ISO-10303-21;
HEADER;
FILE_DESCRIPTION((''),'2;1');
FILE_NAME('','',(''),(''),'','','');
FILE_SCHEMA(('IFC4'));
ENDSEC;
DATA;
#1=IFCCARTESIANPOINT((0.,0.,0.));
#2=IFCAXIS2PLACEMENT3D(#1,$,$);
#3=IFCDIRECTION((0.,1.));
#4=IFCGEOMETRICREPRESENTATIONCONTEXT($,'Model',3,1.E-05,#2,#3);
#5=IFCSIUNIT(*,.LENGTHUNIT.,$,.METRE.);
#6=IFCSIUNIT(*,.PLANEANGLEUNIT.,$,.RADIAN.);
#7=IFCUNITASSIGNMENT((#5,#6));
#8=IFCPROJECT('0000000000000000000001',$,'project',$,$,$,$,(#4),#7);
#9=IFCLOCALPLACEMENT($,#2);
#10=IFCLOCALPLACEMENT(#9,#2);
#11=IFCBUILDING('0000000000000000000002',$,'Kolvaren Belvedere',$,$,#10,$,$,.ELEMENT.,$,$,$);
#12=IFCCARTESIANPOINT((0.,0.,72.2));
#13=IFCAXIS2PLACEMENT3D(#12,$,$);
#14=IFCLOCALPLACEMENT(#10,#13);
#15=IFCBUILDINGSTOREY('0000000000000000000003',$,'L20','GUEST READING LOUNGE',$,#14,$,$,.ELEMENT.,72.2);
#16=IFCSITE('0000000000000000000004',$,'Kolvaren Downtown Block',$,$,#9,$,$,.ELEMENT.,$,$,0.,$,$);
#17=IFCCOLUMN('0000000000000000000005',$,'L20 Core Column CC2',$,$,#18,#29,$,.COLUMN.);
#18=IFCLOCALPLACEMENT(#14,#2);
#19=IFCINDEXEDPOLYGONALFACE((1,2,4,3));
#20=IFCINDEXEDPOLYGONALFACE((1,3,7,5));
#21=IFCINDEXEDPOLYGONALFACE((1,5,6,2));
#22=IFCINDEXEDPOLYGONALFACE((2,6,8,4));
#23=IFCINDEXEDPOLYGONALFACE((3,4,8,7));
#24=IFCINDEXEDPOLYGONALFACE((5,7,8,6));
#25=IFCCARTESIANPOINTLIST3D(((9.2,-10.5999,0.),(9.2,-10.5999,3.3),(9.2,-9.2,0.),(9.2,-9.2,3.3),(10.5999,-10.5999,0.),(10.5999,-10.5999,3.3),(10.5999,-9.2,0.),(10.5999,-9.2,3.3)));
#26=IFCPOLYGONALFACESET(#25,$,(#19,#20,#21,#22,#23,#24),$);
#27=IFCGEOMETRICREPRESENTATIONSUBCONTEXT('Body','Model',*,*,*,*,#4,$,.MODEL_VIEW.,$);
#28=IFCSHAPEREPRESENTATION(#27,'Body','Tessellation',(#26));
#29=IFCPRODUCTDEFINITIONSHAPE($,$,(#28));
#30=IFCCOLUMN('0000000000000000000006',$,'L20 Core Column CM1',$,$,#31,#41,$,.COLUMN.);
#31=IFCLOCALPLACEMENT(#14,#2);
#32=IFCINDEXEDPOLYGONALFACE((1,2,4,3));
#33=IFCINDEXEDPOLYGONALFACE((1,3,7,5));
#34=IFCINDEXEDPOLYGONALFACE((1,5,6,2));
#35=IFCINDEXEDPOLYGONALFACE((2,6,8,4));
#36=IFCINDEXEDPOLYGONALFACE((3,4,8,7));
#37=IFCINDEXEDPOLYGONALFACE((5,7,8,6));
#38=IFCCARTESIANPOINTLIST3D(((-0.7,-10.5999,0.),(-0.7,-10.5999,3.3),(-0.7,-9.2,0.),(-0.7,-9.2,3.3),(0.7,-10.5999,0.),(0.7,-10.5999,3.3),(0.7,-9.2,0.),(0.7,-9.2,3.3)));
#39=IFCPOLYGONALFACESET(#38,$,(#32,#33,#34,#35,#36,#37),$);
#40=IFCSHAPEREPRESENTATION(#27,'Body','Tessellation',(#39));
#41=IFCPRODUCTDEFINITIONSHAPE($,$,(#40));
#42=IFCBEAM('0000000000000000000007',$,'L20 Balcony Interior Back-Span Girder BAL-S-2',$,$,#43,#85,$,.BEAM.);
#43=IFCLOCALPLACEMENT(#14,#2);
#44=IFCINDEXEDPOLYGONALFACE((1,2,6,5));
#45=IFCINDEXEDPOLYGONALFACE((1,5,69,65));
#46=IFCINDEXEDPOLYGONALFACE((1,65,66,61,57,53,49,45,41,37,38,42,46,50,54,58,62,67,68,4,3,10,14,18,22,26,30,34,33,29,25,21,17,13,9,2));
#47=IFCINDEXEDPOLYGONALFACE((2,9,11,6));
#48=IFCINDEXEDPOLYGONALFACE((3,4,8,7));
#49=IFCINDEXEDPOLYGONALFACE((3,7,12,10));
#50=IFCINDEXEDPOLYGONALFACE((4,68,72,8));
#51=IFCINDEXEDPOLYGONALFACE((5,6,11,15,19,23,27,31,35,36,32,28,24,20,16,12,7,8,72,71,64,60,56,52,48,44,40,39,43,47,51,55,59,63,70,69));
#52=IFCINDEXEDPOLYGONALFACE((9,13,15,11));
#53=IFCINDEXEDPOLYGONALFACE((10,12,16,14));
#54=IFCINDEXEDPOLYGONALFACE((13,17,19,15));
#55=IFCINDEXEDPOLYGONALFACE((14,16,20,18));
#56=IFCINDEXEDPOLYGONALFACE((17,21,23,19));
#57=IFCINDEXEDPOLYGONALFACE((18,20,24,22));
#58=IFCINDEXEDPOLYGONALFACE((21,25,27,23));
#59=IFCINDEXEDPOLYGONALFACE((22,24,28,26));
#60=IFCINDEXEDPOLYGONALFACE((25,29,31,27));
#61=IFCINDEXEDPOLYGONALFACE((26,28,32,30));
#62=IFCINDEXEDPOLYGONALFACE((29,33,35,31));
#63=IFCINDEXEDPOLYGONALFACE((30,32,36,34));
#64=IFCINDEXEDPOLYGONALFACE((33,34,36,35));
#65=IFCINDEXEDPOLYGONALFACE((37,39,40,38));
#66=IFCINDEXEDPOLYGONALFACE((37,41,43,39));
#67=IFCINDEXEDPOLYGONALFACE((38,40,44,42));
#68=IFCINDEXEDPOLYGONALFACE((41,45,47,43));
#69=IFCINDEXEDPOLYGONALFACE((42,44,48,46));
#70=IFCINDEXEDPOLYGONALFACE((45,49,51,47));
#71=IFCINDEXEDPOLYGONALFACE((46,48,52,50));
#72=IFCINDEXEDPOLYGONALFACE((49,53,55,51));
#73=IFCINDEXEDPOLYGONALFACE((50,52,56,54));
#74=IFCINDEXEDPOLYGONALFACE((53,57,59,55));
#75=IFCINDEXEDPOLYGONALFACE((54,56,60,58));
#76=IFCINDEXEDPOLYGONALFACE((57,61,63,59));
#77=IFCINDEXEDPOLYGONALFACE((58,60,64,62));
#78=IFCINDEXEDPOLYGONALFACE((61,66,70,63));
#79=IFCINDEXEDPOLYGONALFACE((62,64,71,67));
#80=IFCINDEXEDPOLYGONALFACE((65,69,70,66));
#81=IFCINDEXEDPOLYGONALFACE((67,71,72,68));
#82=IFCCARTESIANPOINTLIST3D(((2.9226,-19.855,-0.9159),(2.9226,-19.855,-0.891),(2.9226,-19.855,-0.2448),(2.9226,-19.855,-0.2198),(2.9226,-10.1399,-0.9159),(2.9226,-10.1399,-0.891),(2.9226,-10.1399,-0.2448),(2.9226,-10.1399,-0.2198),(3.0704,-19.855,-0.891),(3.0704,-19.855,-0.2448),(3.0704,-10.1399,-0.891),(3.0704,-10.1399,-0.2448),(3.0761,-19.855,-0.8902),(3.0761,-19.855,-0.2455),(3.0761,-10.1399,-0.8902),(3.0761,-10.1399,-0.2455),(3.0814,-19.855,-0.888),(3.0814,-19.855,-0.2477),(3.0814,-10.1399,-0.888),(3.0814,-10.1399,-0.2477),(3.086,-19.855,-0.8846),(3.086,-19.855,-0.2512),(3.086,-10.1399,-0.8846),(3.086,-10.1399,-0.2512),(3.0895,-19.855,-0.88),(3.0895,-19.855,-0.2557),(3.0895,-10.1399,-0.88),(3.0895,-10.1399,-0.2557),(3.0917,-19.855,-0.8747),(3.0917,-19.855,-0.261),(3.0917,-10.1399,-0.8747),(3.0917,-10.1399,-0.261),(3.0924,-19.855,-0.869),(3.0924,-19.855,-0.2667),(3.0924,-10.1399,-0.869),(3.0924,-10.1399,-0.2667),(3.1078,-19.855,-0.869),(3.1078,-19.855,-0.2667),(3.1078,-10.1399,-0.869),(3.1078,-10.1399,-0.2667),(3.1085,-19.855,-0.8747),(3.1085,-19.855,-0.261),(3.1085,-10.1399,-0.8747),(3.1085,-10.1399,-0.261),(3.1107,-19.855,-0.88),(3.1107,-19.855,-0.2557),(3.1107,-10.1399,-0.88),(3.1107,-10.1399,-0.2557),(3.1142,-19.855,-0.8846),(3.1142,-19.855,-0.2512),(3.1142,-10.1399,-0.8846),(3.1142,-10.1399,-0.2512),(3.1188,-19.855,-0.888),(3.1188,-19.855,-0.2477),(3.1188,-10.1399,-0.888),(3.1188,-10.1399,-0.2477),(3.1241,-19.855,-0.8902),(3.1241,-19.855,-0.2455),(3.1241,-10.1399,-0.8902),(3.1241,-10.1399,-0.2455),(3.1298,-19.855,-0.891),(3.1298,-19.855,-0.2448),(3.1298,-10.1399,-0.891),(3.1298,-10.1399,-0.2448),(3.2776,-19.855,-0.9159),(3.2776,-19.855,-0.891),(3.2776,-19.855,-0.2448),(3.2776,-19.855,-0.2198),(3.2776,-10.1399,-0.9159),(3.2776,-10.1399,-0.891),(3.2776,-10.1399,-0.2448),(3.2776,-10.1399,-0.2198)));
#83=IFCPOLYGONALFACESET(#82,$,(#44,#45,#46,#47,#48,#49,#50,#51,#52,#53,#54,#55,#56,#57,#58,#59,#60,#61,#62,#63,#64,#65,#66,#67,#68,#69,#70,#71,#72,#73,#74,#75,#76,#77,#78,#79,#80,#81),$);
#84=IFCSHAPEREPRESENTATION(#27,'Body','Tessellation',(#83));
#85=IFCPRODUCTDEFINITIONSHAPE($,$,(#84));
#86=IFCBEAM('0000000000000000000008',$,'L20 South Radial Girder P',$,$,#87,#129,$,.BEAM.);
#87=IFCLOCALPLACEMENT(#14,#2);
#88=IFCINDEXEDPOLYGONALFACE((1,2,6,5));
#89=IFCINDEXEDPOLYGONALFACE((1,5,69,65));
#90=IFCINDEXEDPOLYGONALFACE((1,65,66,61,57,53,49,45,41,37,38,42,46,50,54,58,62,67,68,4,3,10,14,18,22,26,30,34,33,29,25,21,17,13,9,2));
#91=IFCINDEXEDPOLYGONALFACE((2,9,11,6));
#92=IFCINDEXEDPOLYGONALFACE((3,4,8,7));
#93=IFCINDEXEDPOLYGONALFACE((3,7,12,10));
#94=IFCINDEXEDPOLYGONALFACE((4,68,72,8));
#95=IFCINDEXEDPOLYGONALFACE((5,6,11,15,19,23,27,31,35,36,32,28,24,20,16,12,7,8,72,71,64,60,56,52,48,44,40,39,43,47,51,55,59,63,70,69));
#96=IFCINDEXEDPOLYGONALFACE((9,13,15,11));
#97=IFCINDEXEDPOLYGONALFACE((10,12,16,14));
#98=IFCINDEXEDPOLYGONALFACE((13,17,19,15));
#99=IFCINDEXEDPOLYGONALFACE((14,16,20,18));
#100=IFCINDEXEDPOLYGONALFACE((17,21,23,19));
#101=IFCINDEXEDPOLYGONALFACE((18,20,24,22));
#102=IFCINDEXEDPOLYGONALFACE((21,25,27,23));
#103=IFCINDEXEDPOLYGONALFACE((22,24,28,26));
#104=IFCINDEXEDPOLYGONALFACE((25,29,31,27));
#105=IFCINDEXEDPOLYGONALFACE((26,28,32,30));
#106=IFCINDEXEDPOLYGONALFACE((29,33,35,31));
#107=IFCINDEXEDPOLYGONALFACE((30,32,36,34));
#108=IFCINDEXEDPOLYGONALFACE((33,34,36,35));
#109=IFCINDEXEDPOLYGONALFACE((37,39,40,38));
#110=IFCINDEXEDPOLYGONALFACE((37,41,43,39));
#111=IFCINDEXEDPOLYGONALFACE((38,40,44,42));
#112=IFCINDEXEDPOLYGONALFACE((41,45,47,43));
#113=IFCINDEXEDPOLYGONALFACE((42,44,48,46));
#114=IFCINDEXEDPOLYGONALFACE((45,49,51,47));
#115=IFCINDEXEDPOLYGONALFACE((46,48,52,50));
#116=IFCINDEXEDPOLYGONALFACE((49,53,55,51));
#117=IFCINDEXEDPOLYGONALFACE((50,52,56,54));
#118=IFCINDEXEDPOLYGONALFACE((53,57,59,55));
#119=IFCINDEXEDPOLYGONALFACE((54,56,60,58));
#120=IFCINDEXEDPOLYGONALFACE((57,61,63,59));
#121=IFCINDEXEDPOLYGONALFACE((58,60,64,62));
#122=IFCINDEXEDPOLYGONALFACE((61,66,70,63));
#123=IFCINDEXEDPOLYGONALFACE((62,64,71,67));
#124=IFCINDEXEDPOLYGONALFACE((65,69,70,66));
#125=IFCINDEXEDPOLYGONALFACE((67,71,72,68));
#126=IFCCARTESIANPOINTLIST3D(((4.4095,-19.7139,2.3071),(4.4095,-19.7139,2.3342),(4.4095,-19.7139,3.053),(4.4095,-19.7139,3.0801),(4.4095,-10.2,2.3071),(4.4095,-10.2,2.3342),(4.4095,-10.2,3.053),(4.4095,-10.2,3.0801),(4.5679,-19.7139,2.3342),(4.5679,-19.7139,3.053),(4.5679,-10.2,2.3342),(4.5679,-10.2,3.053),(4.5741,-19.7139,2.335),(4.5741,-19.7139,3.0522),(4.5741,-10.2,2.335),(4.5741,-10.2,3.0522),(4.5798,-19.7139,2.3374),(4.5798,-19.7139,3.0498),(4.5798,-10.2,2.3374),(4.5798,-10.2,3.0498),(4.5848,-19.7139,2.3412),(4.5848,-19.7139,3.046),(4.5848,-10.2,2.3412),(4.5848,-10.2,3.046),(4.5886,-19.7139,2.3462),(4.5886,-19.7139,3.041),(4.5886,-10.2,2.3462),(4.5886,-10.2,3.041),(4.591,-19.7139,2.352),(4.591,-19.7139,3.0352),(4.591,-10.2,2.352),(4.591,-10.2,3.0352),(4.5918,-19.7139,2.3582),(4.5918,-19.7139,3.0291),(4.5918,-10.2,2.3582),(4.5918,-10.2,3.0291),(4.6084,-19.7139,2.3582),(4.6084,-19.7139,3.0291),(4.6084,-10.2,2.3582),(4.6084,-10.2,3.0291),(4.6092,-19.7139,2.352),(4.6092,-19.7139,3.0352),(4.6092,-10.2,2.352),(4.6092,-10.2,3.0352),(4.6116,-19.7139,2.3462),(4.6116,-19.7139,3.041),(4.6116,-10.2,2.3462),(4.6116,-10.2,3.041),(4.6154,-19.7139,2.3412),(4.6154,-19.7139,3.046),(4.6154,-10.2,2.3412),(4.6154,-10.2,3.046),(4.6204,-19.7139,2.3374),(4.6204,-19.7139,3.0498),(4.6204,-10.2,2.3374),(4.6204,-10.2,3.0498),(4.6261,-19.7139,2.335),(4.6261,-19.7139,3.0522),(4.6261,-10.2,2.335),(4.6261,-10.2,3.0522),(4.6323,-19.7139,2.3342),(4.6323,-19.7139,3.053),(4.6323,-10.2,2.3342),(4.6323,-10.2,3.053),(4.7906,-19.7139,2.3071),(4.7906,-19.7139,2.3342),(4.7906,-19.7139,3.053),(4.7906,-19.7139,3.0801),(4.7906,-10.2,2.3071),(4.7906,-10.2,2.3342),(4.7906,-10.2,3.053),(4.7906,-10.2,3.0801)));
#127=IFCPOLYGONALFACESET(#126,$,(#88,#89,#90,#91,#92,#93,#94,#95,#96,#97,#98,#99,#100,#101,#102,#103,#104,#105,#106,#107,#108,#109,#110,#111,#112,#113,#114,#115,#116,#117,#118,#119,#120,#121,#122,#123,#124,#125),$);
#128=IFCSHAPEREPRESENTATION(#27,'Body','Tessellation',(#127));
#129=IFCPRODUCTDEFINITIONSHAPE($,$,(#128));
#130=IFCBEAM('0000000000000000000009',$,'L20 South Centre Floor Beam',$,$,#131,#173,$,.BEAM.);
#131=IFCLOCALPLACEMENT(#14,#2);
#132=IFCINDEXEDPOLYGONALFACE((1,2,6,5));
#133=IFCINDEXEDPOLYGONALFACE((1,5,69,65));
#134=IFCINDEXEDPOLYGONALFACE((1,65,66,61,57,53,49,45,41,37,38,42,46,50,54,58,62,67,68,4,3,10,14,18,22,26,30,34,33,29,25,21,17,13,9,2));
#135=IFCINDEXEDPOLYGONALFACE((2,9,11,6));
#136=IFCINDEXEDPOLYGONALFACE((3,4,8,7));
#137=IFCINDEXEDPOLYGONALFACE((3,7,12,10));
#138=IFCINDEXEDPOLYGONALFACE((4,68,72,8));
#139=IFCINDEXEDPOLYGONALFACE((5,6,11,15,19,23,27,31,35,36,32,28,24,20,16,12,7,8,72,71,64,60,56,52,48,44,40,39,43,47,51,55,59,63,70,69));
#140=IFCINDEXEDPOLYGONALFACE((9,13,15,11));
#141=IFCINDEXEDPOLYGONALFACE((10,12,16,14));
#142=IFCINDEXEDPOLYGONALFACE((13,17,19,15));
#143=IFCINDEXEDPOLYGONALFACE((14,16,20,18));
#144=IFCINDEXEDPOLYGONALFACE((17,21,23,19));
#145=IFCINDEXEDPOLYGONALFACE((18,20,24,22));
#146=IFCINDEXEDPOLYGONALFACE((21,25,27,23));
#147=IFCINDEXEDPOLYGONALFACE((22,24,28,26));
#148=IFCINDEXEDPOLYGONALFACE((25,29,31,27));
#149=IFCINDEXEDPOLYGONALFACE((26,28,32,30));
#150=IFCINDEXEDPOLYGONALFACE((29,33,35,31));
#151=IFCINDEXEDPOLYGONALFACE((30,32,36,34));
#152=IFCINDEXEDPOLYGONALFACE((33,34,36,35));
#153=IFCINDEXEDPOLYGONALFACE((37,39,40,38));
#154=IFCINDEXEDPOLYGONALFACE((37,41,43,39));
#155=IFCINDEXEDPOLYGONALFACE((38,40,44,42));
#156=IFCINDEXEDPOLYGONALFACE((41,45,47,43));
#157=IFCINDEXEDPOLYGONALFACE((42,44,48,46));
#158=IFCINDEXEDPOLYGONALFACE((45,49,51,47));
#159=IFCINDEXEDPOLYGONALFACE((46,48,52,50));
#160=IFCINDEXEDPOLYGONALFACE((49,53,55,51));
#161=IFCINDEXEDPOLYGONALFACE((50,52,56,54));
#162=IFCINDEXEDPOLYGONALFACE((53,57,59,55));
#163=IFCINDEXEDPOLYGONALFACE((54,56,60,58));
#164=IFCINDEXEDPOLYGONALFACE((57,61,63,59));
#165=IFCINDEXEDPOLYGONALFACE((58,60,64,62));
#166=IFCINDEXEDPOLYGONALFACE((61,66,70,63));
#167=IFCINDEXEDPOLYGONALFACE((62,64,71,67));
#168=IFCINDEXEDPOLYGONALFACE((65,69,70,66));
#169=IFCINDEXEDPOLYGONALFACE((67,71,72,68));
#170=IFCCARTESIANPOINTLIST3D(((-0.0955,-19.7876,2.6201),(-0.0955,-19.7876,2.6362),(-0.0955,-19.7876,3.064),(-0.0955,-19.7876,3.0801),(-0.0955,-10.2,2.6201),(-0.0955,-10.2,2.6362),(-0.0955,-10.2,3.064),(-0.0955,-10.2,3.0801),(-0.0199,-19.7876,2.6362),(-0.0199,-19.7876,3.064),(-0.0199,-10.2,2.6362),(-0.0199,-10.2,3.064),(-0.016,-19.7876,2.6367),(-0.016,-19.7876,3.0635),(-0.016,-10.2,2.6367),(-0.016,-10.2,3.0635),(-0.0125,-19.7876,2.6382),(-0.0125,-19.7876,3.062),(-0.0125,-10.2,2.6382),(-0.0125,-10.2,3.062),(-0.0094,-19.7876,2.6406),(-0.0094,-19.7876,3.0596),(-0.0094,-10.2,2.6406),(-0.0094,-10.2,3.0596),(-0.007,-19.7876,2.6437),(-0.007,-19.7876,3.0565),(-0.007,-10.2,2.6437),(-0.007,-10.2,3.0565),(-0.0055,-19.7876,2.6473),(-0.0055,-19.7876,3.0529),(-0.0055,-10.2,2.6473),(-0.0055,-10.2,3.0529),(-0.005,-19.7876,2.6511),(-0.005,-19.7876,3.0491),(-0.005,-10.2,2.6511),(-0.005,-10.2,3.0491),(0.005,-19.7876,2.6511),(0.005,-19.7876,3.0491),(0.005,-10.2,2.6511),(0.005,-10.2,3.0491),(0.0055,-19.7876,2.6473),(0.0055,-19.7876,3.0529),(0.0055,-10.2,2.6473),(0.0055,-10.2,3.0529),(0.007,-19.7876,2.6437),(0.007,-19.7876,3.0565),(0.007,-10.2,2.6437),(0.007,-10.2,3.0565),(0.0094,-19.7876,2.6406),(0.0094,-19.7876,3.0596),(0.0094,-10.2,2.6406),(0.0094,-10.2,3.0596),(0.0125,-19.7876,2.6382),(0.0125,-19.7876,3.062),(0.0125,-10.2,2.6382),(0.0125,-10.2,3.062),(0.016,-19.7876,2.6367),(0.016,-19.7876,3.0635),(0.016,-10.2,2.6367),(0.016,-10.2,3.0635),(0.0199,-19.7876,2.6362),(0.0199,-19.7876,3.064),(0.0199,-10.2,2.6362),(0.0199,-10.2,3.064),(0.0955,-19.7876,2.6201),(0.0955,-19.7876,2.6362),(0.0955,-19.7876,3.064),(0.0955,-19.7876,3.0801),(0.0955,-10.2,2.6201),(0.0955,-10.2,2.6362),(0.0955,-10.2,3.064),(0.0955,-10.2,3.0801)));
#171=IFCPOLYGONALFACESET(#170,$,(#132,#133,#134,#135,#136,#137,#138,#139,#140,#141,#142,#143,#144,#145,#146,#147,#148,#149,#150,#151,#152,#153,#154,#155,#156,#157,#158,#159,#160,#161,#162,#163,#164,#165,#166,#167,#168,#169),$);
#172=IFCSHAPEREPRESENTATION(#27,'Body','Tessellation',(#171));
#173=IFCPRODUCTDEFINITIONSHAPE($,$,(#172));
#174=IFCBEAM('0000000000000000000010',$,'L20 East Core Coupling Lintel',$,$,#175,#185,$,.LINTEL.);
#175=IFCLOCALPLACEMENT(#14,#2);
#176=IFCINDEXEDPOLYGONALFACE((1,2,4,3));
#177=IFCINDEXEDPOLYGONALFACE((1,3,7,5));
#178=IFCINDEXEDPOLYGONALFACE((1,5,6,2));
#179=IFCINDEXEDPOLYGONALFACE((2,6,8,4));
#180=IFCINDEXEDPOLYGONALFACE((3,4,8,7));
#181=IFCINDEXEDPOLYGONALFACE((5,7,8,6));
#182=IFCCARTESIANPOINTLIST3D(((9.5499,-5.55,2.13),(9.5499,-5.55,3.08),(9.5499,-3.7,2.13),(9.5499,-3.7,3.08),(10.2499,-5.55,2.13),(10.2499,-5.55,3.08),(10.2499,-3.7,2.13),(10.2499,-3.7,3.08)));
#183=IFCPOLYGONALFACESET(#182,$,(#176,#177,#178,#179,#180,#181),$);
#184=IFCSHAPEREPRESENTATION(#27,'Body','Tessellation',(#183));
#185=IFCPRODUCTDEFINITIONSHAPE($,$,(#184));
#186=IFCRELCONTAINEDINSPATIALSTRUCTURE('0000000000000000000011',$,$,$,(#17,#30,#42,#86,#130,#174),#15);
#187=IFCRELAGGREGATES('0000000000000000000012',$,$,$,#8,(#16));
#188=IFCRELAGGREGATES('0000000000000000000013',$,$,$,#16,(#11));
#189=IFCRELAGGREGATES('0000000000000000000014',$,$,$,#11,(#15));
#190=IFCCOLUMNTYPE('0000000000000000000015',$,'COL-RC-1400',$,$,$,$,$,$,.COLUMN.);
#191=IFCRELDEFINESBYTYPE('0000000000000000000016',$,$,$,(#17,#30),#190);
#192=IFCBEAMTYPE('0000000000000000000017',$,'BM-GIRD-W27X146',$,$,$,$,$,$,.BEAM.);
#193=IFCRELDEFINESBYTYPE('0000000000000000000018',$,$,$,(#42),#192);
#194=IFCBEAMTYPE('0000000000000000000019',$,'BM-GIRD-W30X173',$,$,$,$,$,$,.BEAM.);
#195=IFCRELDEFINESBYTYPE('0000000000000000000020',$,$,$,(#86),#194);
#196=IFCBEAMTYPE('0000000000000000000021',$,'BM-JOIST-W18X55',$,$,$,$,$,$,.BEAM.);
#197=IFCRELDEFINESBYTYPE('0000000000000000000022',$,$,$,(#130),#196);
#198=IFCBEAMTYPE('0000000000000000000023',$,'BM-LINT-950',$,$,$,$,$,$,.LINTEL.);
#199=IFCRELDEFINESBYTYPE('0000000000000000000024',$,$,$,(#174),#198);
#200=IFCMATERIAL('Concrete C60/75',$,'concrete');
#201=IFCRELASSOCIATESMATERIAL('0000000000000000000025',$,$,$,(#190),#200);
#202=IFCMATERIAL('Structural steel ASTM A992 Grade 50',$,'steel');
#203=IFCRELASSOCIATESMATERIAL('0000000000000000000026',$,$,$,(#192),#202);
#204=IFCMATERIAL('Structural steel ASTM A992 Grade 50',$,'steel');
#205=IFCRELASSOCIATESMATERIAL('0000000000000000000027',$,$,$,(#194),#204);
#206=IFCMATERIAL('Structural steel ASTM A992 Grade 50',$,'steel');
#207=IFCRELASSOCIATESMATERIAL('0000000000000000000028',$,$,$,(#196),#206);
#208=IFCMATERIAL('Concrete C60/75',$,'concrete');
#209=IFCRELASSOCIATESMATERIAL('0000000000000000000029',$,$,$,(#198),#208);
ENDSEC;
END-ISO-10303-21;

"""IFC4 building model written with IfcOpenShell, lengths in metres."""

from ifc_helpers import new_model, si_unit, direction, frame, origin, origin_2d, place, context, subcontext, project, spatial, rectangle, i_section, extrude, material, material_profile, profile_set, type_object, element, save


model = new_model("IFC4")

# Units and contexts
model_context = context("Model", 3, precision=1e-05, world=origin(), true_north=direction((0.0, 1.0)))
body_context = subcontext(model_context, "Body", "Model", "MODEL_VIEW")
ifc_project = project(units=[si_unit("LENGTHUNIT", "METRE"), si_unit("PLANEANGLEUNIT", "RADIAN")], contexts=[model_context])

# Site, building, storey
site_placement = place(None, origin())
site = spatial("IfcSite", under=ifc_project, at=site_placement, Name="Kolvaren Downtown Block", CompositionType="ELEMENT", RefElevation=0.0)
building_placement = place(site_placement, origin())
building = spatial("IfcBuilding", under=site, at=building_placement, Name="Kolvaren Belvedere", CompositionType="ELEMENT")
storey_placement = place(building_placement, frame((0.0, 0.0, 72.2)))
storey = spatial("IfcBuildingStorey", under=building, at=storey_placement, Name="L20", Description="GUEST READING LOUNGE", CompositionType="ELEMENT", Elevation=72.2)

# Columns
ifc_material_1 = material(Name="Concrete C60/75", Category="concrete")
ifc_material_profile_1 = material_profile(ifc_material_1, rectangle(XDim=1.3999, YDim=1.3999, at=origin_2d()), Name="RC 1400X1400")
ifc_profile_set_1 = profile_set([ifc_material_profile_1], Name="Concrete C60/75")
column_type = type_object("IfcColumnType", Name="COL-RC-1400", PredefinedType="COLUMN", material=ifc_profile_set_1)
for number, where, z_axis, x_axis, name in (
    (1, (9.8999, -9.8999, 0.0), (0.0, 0.0, 1.0), (1.0, 0.0, 0.0), "L20 Core Column CC2"),
    (2, (0.0, -9.8999, 0.0), (0.0, 0.0, 1.0), (1.0, 0.0, 0.0), "L20 Core Column CM1"),
):
    element("IfcColumn", number, at=place(storey_placement, frame(where, z_axis=z_axis, x_axis=x_axis)), inside=storey, type_object=column_type, Name=name, PredefinedType="COLUMN", context=body_context, shape_type="SweptSolid", body=[
        extrude(rectangle(XDim=1.3999, YDim=1.3999, at=origin_2d()), origin(), (0.0, 0.0, 1.0), 3.3),
    ])

# Beams
ifc_material_2 = material(Name="Structural steel ASTM A992 Grade 50", Category="steel")
ifc_material_profile_2 = material_profile(ifc_material_2, i_section(OverallWidth=0.355, OverallDepth=0.696, WebThickness=0.0154, FlangeThickness=0.0249, FilletRadius=0.022, at=origin_2d()), Name="W27X146")
ifc_profile_set_2 = profile_set([ifc_material_profile_2], Name="Structural steel ASTM A992 Grade 50")
beam_type_1 = type_object("IfcBeamType", Name="BM-GIRD-W27X146", PredefinedType="BEAM", material=ifc_profile_set_2)
beam_1_placement = place(storey_placement, frame((3.1001, -10.1399, -0.5679), z_axis=(0.0, -1.0, 0.0), x_axis=(1.0, 0.0, 0.0)))
element("IfcBeam", 3, at=beam_1_placement, inside=storey, type_object=beam_type_1, Name="L20 Balcony Interior Back-Span Girder BAL-S-2", PredefinedType="BEAM", context=body_context, shape_type="SweptSolid", body=[
    extrude(i_section(OverallWidth=0.355, OverallDepth=0.696, WebThickness=0.0154, FlangeThickness=0.0249, FilletRadius=0.022, at=origin_2d()), origin(), (0.0, 0.0, 1.0), 9.7151),
])
ifc_material_3 = material(Name="Structural steel ASTM A992 Grade 50", Category="steel")
ifc_material_profile_3 = material_profile(ifc_material_3, i_section(OverallWidth=0.3811, OverallDepth=0.7729, WebThickness=0.0166, FlangeThickness=0.0271, FilletRadius=0.0239, at=origin_2d()), Name="W30X173")
ifc_profile_set_3 = profile_set([ifc_material_profile_3], Name="Structural steel ASTM A992 Grade 50")
beam_type_2 = type_object("IfcBeamType", Name="BM-GIRD-W30X173", PredefinedType="BEAM", material=ifc_profile_set_3)
beam_2_placement = place(storey_placement, frame((4.6001, -10.2, 2.6936), z_axis=(0.0, -1.0, 0.0), x_axis=(1.0, 0.0, 0.0)))
element("IfcBeam", 4, at=beam_2_placement, inside=storey, type_object=beam_type_2, Name="L20 South Radial Girder P", PredefinedType="BEAM", context=body_context, shape_type="SweptSolid", body=[
    extrude(i_section(OverallWidth=0.3811, OverallDepth=0.7729, WebThickness=0.0166, FlangeThickness=0.0271, FilletRadius=0.0239, at=origin_2d()), origin(), (0.0, 0.0, 1.0), 9.5139),
])
ifc_material_4 = material(Name="Structural steel ASTM A992 Grade 50", Category="steel")
ifc_material_profile_4 = material_profile(ifc_material_4, i_section(OverallWidth=0.1909, OverallDepth=0.46, WebThickness=0.01, FlangeThickness=0.0161, FilletRadius=0.0149, at=origin_2d()), Name="W18X55")
ifc_profile_set_4 = profile_set([ifc_material_profile_4], Name="Structural steel ASTM A992 Grade 50")
beam_type_3 = type_object("IfcBeamType", Name="BM-JOIST-W18X55", PredefinedType="BEAM", material=ifc_profile_set_4)
beam_3_placement = place(storey_placement, frame((0.0, -10.2, 2.8501), z_axis=(0.0, -1.0, 0.0), x_axis=(1.0, 0.0, 0.0)))
element("IfcBeam", 5, at=beam_3_placement, inside=storey, type_object=beam_type_3, Name="L20 South Centre Floor Beam", PredefinedType="BEAM", context=body_context, shape_type="SweptSolid", body=[
    extrude(i_section(OverallWidth=0.1909, OverallDepth=0.46, WebThickness=0.01, FlangeThickness=0.0161, FilletRadius=0.0149, at=origin_2d()), origin(), (0.0, 0.0, 1.0), 9.5876),
])
ifc_material_5 = material(Name="Concrete C60/75", Category="concrete")
ifc_material_profile_5 = material_profile(ifc_material_5, rectangle(XDim=0.7, YDim=0.95, at=origin_2d()), Name="RC 700X950")
ifc_profile_set_5 = profile_set([ifc_material_profile_5], Name="Concrete C60/75")
beam_type_4 = type_object("IfcBeamType", Name="BM-LINT-950", PredefinedType="LINTEL", material=ifc_profile_set_5)
beam_4_placement = place(storey_placement, frame((9.8999, -5.55, 2.605), z_axis=(0.0, 1.0, 0.0), x_axis=(-1.0, 0.0, 0.0)))
element("IfcBeam", 6, at=beam_4_placement, inside=storey, type_object=beam_type_4, Name="L20 East Core Coupling Lintel", PredefinedType="LINTEL", context=body_context, shape_type="SweptSolid", body=[
    extrude(rectangle(XDim=0.7, YDim=0.95, at=origin_2d()), origin(), (0.0, 0.0, 1.0), 1.8501),
])

save(model, "model.ifc")
